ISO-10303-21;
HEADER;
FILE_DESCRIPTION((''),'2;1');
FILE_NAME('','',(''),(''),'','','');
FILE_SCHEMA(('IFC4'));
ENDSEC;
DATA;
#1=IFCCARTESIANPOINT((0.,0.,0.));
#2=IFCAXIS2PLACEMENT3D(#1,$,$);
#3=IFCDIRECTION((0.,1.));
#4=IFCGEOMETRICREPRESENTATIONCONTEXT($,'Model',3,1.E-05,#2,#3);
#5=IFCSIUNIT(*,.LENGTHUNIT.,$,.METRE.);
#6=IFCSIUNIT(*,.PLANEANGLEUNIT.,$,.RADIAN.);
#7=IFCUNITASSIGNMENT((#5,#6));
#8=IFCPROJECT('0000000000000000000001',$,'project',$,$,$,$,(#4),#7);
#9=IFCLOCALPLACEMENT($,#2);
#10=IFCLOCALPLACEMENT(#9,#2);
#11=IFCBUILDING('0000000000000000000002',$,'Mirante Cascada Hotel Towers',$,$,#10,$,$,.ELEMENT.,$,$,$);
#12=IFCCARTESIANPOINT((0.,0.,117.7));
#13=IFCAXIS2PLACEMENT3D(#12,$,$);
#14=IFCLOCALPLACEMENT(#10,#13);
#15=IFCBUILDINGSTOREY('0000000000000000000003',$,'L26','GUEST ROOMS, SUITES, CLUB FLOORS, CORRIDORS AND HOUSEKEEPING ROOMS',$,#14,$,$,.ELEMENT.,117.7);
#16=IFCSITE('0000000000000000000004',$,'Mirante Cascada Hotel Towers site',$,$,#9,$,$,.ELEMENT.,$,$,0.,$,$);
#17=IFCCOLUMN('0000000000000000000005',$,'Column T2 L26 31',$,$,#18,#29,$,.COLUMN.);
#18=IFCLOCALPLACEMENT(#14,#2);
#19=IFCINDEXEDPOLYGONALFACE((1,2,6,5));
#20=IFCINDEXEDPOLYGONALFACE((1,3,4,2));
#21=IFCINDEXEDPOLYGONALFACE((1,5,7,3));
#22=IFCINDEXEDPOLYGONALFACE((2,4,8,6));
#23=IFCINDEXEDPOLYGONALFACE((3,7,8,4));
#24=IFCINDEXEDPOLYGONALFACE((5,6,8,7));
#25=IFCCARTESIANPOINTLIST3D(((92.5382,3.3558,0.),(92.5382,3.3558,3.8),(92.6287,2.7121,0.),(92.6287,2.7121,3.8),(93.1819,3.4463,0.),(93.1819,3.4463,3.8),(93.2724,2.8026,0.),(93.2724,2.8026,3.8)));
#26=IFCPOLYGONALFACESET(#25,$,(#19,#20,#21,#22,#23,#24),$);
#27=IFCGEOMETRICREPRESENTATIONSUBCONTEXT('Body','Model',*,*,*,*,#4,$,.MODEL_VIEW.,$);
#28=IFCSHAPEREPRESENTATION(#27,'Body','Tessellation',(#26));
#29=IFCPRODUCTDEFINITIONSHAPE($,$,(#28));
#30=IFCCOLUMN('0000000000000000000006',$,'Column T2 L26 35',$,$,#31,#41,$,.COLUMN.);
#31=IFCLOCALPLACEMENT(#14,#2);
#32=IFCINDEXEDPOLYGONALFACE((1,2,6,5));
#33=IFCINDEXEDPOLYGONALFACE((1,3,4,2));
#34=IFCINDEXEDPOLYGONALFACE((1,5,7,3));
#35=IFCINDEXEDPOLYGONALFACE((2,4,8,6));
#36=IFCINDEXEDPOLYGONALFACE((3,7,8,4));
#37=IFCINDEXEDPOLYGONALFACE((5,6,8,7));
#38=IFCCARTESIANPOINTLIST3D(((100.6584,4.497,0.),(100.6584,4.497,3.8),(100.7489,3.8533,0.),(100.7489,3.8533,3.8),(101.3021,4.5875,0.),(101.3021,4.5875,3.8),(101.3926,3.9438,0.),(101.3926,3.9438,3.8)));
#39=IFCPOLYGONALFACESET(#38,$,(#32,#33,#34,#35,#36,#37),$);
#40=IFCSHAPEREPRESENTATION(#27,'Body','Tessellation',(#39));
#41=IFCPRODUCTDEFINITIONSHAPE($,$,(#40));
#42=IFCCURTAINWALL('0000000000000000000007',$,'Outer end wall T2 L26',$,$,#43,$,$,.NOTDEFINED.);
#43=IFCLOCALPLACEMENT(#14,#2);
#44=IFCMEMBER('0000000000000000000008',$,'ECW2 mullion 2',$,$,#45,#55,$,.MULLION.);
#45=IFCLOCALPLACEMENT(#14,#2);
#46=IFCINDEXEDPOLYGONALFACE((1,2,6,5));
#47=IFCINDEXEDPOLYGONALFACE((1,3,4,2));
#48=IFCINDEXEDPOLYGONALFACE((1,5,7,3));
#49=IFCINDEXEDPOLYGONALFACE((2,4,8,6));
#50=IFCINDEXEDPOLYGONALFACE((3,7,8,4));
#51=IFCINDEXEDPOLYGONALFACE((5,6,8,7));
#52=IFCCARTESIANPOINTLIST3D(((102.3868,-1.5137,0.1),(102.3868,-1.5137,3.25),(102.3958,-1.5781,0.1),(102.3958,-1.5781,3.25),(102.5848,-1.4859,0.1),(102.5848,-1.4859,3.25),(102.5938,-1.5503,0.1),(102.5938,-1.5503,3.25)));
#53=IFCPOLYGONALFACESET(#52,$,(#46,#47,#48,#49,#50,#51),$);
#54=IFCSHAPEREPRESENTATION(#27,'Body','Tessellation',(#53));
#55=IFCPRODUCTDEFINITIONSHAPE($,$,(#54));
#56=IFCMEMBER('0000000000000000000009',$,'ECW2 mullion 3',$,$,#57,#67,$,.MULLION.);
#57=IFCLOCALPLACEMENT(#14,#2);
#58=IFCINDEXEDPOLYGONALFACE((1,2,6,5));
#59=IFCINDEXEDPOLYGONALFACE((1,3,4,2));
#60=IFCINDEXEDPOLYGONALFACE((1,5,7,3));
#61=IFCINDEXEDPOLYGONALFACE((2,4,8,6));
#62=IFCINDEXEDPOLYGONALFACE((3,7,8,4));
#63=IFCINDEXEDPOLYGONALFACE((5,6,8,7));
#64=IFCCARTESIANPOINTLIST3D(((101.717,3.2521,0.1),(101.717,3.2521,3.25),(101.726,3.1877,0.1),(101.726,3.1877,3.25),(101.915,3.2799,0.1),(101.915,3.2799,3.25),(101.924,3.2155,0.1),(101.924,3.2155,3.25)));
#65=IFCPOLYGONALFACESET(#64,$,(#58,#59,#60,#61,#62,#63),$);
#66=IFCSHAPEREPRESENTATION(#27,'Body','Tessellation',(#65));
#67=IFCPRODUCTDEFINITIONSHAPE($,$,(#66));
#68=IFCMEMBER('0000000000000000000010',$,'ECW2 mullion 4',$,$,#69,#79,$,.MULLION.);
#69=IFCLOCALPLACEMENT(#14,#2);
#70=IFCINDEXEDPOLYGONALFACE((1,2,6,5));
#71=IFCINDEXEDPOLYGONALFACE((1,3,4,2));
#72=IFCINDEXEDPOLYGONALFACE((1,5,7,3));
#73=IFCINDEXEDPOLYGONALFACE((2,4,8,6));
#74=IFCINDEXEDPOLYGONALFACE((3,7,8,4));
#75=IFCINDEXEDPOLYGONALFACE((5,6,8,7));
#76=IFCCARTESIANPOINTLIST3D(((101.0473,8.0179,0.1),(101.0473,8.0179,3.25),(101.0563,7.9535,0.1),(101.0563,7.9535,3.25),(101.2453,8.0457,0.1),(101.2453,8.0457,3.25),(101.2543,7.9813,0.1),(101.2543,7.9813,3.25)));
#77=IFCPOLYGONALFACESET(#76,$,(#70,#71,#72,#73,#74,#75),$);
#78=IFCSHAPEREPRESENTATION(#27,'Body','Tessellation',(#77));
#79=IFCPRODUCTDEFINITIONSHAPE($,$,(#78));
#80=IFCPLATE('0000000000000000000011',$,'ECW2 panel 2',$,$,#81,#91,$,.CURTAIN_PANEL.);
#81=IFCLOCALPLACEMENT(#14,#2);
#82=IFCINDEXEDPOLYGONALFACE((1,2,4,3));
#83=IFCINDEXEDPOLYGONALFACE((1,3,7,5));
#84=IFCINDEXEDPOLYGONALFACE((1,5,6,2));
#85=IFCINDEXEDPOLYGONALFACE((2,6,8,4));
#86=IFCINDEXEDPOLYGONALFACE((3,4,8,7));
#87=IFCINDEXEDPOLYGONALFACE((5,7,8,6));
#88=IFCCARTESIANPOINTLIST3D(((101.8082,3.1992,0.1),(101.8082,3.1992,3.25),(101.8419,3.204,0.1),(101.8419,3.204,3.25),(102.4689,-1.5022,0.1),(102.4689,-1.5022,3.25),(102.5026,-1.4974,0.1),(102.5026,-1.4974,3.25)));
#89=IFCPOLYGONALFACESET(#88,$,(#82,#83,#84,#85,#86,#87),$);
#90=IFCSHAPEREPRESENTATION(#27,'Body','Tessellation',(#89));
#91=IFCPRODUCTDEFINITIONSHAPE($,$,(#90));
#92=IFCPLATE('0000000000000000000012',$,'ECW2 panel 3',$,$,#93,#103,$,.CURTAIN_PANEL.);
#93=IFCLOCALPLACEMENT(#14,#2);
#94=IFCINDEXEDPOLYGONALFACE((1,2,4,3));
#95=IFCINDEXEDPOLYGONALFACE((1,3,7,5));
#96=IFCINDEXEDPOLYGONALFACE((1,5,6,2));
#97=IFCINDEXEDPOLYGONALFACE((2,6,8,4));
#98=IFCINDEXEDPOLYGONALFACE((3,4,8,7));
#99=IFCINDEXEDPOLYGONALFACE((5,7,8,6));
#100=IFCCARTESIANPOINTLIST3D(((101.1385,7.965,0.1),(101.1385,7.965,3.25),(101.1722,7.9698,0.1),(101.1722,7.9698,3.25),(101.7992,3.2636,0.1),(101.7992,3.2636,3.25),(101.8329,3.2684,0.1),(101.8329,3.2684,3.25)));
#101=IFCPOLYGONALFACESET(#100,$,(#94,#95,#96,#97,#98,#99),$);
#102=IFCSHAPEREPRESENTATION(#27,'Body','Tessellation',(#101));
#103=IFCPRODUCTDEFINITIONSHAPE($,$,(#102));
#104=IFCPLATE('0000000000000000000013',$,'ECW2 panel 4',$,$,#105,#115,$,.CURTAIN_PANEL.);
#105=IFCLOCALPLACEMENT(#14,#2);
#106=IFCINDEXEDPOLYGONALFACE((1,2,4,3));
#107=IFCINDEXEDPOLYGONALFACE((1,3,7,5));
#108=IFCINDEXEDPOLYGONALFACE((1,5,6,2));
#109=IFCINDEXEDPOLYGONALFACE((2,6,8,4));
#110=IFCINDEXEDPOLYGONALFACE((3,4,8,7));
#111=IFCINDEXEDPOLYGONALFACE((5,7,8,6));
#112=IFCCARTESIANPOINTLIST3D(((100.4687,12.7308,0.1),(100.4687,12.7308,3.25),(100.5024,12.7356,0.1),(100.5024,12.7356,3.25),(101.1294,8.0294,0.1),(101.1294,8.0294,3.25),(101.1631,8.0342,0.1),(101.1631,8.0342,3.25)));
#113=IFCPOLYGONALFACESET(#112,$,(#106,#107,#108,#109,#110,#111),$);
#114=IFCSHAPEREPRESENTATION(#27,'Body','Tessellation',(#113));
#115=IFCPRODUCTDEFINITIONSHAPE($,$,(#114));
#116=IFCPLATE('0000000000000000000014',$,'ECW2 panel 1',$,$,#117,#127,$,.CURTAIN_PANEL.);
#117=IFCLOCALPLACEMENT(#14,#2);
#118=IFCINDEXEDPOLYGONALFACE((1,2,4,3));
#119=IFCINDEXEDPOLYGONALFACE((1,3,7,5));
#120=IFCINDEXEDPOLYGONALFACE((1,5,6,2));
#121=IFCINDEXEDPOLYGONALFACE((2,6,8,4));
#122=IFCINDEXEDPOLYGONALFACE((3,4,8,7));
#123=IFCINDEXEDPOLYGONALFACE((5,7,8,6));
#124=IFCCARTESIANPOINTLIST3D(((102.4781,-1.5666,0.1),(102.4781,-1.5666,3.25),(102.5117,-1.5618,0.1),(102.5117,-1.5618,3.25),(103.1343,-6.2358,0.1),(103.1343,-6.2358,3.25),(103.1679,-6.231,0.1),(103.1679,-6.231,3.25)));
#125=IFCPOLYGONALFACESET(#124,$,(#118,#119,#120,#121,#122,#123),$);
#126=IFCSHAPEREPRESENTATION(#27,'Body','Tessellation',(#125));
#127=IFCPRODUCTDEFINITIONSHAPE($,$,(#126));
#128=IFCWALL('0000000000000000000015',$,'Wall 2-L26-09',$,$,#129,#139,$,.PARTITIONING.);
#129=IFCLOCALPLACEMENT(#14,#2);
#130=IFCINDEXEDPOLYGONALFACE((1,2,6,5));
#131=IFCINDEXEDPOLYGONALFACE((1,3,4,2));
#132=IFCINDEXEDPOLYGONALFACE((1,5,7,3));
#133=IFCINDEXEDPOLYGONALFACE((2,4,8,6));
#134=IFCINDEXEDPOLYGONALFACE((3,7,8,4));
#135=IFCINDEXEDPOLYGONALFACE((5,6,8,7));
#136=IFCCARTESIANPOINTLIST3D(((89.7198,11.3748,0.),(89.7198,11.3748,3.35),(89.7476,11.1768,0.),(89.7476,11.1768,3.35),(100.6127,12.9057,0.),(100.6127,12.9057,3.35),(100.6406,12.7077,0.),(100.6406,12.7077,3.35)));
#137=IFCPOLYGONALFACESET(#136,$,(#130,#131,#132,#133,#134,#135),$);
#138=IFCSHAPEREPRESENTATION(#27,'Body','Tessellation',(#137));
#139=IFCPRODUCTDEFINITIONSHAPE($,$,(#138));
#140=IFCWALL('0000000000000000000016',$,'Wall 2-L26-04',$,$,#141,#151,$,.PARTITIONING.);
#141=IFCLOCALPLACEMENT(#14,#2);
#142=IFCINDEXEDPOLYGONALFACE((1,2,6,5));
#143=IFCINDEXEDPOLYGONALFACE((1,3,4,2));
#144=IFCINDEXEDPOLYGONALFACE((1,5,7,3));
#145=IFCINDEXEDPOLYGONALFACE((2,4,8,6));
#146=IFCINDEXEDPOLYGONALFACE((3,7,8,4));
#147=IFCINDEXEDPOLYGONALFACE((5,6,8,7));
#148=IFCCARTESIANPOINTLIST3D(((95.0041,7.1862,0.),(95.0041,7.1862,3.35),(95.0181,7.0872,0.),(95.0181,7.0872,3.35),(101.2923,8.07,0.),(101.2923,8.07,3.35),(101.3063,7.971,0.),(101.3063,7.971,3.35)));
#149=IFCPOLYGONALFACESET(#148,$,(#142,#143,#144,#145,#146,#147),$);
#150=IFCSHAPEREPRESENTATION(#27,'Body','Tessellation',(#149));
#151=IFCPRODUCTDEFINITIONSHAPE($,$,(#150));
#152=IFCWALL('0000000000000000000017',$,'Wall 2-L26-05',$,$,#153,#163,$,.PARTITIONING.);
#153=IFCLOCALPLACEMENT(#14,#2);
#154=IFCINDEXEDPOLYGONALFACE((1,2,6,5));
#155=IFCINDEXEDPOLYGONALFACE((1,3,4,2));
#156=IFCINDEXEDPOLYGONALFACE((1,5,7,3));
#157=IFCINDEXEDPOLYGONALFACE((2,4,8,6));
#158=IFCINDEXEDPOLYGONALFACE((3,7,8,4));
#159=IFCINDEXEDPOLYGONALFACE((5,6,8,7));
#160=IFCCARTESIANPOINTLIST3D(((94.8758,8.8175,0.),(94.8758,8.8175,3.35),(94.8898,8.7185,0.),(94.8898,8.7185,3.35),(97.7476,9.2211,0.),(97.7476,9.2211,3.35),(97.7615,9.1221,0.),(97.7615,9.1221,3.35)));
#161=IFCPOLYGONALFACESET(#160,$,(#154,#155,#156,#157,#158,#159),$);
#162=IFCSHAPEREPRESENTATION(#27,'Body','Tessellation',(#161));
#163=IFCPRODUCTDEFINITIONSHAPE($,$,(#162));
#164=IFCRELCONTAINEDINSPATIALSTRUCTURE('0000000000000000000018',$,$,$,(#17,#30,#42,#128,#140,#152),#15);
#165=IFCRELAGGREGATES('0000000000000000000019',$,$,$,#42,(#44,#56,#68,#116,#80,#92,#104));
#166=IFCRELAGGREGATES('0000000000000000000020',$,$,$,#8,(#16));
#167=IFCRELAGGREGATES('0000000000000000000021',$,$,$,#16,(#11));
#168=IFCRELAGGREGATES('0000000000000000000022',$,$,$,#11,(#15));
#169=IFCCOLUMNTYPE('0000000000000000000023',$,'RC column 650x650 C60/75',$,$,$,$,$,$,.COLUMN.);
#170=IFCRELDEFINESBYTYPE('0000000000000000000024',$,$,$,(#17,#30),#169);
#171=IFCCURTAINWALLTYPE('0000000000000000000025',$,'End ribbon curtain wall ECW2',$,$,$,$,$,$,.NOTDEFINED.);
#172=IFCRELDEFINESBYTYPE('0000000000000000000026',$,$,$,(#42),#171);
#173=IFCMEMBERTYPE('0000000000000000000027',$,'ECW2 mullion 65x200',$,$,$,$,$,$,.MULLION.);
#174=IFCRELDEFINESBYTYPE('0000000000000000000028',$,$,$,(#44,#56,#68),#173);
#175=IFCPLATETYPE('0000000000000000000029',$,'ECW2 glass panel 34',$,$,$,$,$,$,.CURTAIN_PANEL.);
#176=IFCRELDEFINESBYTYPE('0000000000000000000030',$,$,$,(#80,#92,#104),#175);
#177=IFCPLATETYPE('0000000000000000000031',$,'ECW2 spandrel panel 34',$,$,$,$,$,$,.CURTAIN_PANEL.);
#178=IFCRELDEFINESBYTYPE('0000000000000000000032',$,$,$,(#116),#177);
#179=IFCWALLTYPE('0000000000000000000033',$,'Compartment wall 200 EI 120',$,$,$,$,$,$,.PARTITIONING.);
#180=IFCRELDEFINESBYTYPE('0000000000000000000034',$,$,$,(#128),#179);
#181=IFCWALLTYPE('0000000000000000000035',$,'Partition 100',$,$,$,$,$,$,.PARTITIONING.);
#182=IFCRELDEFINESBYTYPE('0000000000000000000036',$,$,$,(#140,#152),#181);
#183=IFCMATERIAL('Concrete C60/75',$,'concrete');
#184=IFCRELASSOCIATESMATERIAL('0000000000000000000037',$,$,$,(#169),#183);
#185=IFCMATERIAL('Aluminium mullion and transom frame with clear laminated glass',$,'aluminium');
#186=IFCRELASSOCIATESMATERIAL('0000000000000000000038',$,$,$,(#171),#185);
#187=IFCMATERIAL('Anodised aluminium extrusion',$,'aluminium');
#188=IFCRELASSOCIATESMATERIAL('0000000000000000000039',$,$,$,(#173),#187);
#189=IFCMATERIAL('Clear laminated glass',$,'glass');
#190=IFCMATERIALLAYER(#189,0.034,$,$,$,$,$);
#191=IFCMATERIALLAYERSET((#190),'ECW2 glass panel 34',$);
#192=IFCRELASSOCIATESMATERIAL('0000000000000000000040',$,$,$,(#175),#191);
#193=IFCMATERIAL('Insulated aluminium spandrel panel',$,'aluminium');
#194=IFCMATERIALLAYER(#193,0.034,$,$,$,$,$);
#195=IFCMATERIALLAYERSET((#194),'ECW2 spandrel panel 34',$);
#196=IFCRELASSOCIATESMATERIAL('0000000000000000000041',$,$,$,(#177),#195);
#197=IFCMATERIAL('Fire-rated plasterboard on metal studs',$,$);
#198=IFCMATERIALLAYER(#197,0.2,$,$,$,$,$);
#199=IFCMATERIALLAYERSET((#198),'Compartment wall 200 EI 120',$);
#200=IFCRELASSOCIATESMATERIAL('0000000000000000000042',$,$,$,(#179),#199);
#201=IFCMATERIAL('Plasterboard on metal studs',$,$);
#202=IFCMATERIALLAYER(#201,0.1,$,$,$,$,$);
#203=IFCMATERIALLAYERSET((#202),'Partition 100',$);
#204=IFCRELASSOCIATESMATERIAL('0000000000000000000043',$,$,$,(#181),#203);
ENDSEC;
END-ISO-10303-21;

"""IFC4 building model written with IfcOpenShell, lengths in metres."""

from ifc_helpers import new_model, si_unit, direction, frame, frame_2d, origin, origin_2d, place, context, subcontext, project, spatial, rectangle, extrude, material, layer, layer_set, material_profile, profile_set, type_object, element, aggregate, save


model = new_model("IFC4")

# Units and contexts
model_context = context("Model", 3, precision=1e-05, world=origin(), true_north=direction((0.0, 1.0)))
body_context = subcontext(model_context, "Body", "Model", "MODEL_VIEW")
ifc_project = project(units=[si_unit("LENGTHUNIT", "METRE"), si_unit("PLANEANGLEUNIT", "RADIAN")], contexts=[model_context])

# Site, building, storey
site_placement = place(None, origin())
site = spatial("IfcSite", under=ifc_project, at=site_placement, Name="Mirante Cascada Hotel Towers site", CompositionType="ELEMENT", RefElevation=0.0)
building_placement = place(site_placement, origin())
building = spatial("IfcBuilding", under=site, at=building_placement, Name="Mirante Cascada Hotel Towers", CompositionType="ELEMENT")
storey_placement = place(building_placement, frame((0.0, 0.0, 117.7)))
storey = spatial("IfcBuildingStorey", under=building, at=storey_placement, Name="L26", Description="GUEST ROOMS, SUITES, CLUB FLOORS, CORRIDORS AND HOUSEKEEPING ROOMS", CompositionType="ELEMENT", Elevation=117.7)

# Columns
ifc_material_1 = material(Name="Concrete C60/75", Category="concrete")
ifc_material_profile_1 = material_profile(ifc_material_1, rectangle(XDim=0.65, YDim=0.65, at=origin_2d()), Name="RC column 650x650 C60/75")
ifc_profile_set_1 = profile_set([ifc_material_profile_1], Name="Concrete C60/75")
column_type = type_object("IfcColumnType", Name="RC column 650x650 C60/75", PredefinedType="COLUMN", material=ifc_profile_set_1)
for number, where, z_axis, x_axis, name in (
    (1, (92.9053, 3.0792, 0.0), (0.0, 0.0, 1.0), (0.990268, 0.139173, 0.0), "Column T2 L26 31"),
    (2, (101.0255, 4.2204, 0.0), (0.0, 0.0, 1.0), (0.990268, 0.139173, 0.0), "Column T2 L26 35"),
):
    element("IfcColumn", number, at=place(storey_placement, frame(where, z_axis=z_axis, x_axis=x_axis)), inside=storey, type_object=column_type, Name=name, PredefinedType="COLUMN", context=body_context, shape_type="SweptSolid", body=[
        extrude(rectangle(XDim=0.65, YDim=0.65, at=origin_2d()), origin(), (0.0, 0.0, 1.0), 3.8),
    ])

# Curtain wall, members, plates
ifc_material_2 = material(Name="Aluminium mullion and transom frame with clear laminated glass", Category="aluminium")
curtain_wall_type = type_object("IfcCurtainWallType", Name="End ribbon curtain wall ECW2", PredefinedType="NOTDEFINED", material=ifc_material_2)
curtain_wall_placement = place(storey_placement, origin())
curtain_wall = element("IfcCurtainWall", 3, at=curtain_wall_placement, inside=storey, type_object=curtain_wall_type, Name="Outer end wall T2 L26", PredefinedType="NOTDEFINED")
ifc_material_3 = material(Name="Anodised aluminium extrusion", Category="aluminium")
ifc_material_profile_2 = material_profile(ifc_material_3, rectangle(XDim=0.2, YDim=0.065, at=origin_2d()), Name="ECW2 MULLION 65x200")
ifc_profile_set_2 = profile_set([ifc_material_profile_2], Name="Anodised aluminium extrusion")
member_type = type_object("IfcMemberType", Name="ECW2 mullion 65x200", PredefinedType="MULLION", material=ifc_profile_set_2)
member_1_placement = place(storey_placement, frame((102.4903, -1.532, 0.1), z_axis=(0.0, 0.0, 1.0), x_axis=(-0.990268, -0.139173, 0.0)))
member_1 = element("IfcMember", 4, at=member_1_placement, type_object=member_type, Name="ECW2 mullion 2", PredefinedType="MULLION", context=body_context, shape_type="SweptSolid", body=[
    extrude(rectangle(XDim=0.2, YDim=0.065, at=origin_2d()), origin(), (0.0, 0.0, 1.0), 3.15),
])
member_2_placement = place(storey_placement, frame((101.8205, 3.2338, 0.1), z_axis=(0.0, 0.0, 1.0), x_axis=(-0.990268, -0.139173, 0.0)))
member_2 = element("IfcMember", 5, at=member_2_placement, type_object=member_type, Name="ECW2 mullion 3", PredefinedType="MULLION", context=body_context, shape_type="SweptSolid", body=[
    extrude(rectangle(XDim=0.2, YDim=0.065, at=origin_2d()), origin(), (0.0, 0.0, 1.0), 3.15),
])
member_3_placement = place(storey_placement, frame((101.1508, 7.9996, 0.1), z_axis=(0.0, 0.0, 1.0), x_axis=(-0.990268, -0.139173, 0.0)))
member_3 = element("IfcMember", 6, at=member_3_placement, type_object=member_type, Name="ECW2 mullion 4", PredefinedType="MULLION", context=body_context, shape_type="SweptSolid", body=[
    extrude(rectangle(XDim=0.2, YDim=0.065, at=origin_2d()), origin(), (0.0, 0.0, 1.0), 3.15),
])
ifc_material_4 = material(Name="Clear laminated glass", Category="glass")
ifc_layer_1 = layer(ifc_material_4, 0.034)
ifc_layer_set_1 = layer_set([ifc_layer_1], Name="ECW2 glass panel 34")
plate_type_1 = type_object("IfcPlateType", Name="ECW2 glass panel 34", PredefinedType="CURTAIN_PANEL", material=ifc_layer_set_1)
plate_1_placement = place(storey_placement, frame((102.1554, 0.8509, 0.1), z_axis=(0.0, 0.0, 1.0), x_axis=(-0.139173, 0.990268, 0.0)))
plate_1 = element("IfcPlate", 7, at=plate_1_placement, type_object=plate_type_1, Name="ECW2 panel 2", PredefinedType="CURTAIN_PANEL", context=body_context, shape_type="SweptSolid", body=[
    extrude(rectangle(XDim=4.7476, YDim=0.034, at=origin_2d()), origin(), (0.0, 0.0, 1.0), 3.15),
])
plate_2_placement = place(storey_placement, frame((101.4857, 5.6167, 0.1), z_axis=(0.0, 0.0, 1.0), x_axis=(-0.139173, 0.990268, 0.0)))
plate_2 = element("IfcPlate", 8, at=plate_2_placement, type_object=plate_type_1, Name="ECW2 panel 3", PredefinedType="CURTAIN_PANEL", context=body_context, shape_type="SweptSolid", body=[
    extrude(rectangle(XDim=4.7476, YDim=0.034, at=origin_2d()), origin(), (0.0, 0.0, 1.0), 3.15),
])
plate_3_placement = place(storey_placement, frame((100.8159, 10.3825, 0.1), z_axis=(0.0, 0.0, 1.0), x_axis=(-0.139173, 0.990268, 0.0)))
plate_3 = element("IfcPlate", 9, at=plate_3_placement, type_object=plate_type_1, Name="ECW2 panel 4", PredefinedType="CURTAIN_PANEL", context=body_context, shape_type="SweptSolid", body=[
    extrude(rectangle(XDim=4.7476, YDim=0.034, at=origin_2d()), origin(), (0.0, 0.0, 1.0), 3.15),
])
ifc_material_5 = material(Name="Insulated aluminium spandrel panel", Category="aluminium")
ifc_layer_2 = layer(ifc_material_5, 0.034)
ifc_layer_set_2 = layer_set([ifc_layer_2], Name="ECW2 spandrel panel 34")
plate_type_2 = type_object("IfcPlateType", Name="ECW2 spandrel panel 34", PredefinedType="CURTAIN_PANEL", material=ifc_layer_set_2)
plate_4_placement = place(storey_placement, frame((102.823, -3.8988, 0.1), z_axis=(0.0, 0.0, 1.0), x_axis=(-0.139173, 0.990268, 0.0)))
plate_4 = element("IfcPlate", 10, at=plate_4_placement, type_object=plate_type_2, Name="ECW2 panel 1", PredefinedType="CURTAIN_PANEL", context=body_context, shape_type="SweptSolid", body=[
    extrude(rectangle(XDim=4.7151, YDim=0.034, at=origin_2d()), origin(), (0.0, 0.0, 1.0), 3.15),
])
aggregate(curtain_wall, [member_1, member_2, member_3, plate_4, plate_1, plate_2, plate_3])

# Walls
ifc_material_6 = material(Name="Fire-rated plasterboard on metal studs")
ifc_layer_3 = layer(ifc_material_6, 0.2)
ifc_layer_set_3 = layer_set([ifc_layer_3], Name="Compartment wall 200 EI 120")
wall_type_1 = type_object("IfcWallType", Name="Compartment wall 200 EI 120", PredefinedType="PARTITIONING", material=ifc_layer_set_3)
wall_1_placement = place(storey_placement, frame((89.7337, 11.2758, 0.0), z_axis=(0.0, 0.0, 1.0), x_axis=(0.990268, 0.139173, 0.0)))
element("IfcWall", 11, at=wall_1_placement, inside=storey, type_object=wall_type_1, Name="Wall 2-L26-09", PredefinedType="PARTITIONING", context=body_context, shape_type="SweptSolid", body=[
    extrude(rectangle(XDim=11.0, YDim=0.2, at=frame_2d((5.5, 0.0))), origin(), (0.0, 0.0, 1.0), 3.35),
])
ifc_material_7 = material(Name="Plasterboard on metal studs")
ifc_layer_4 = layer(ifc_material_7, 0.1)
ifc_layer_set_4 = layer_set([ifc_layer_4], Name="Partition 100")
wall_type_2 = type_object("IfcWallType", Name="Partition 100", PredefinedType="PARTITIONING", material=ifc_layer_set_4)
wall_2_placement = place(storey_placement, frame((101.2993, 8.0205, 0.0), z_axis=(0.0, 0.0, 1.0), x_axis=(-0.990267, -0.139181, 0.0)))
element("IfcWall", 12, at=wall_2_placement, inside=storey, type_object=wall_type_2, Name="Wall 2-L26-04", PredefinedType="PARTITIONING", context=body_context, shape_type="SweptSolid", body=[
    extrude(rectangle(XDim=6.35, YDim=0.1, at=frame_2d((3.175, 0.0))), origin(), (0.0, 0.0, 1.0), 3.35),
])
wall_3_placement = place(storey_placement, frame((94.8828, 8.768, 0.0), z_axis=(0.0, 0.0, 1.0), x_axis=(0.990268, 0.139171, 0.0)))
element("IfcWall", 13, at=wall_3_placement, inside=storey, type_object=wall_type_2, Name="Wall 2-L26-05", PredefinedType="PARTITIONING", context=body_context, shape_type="SweptSolid", body=[
    extrude(rectangle(XDim=2.9, YDim=0.1, at=frame_2d((1.45, 0.0))), origin(), (0.0, 0.0, 1.0), 3.35),
])

save(model, "model.ifc")
